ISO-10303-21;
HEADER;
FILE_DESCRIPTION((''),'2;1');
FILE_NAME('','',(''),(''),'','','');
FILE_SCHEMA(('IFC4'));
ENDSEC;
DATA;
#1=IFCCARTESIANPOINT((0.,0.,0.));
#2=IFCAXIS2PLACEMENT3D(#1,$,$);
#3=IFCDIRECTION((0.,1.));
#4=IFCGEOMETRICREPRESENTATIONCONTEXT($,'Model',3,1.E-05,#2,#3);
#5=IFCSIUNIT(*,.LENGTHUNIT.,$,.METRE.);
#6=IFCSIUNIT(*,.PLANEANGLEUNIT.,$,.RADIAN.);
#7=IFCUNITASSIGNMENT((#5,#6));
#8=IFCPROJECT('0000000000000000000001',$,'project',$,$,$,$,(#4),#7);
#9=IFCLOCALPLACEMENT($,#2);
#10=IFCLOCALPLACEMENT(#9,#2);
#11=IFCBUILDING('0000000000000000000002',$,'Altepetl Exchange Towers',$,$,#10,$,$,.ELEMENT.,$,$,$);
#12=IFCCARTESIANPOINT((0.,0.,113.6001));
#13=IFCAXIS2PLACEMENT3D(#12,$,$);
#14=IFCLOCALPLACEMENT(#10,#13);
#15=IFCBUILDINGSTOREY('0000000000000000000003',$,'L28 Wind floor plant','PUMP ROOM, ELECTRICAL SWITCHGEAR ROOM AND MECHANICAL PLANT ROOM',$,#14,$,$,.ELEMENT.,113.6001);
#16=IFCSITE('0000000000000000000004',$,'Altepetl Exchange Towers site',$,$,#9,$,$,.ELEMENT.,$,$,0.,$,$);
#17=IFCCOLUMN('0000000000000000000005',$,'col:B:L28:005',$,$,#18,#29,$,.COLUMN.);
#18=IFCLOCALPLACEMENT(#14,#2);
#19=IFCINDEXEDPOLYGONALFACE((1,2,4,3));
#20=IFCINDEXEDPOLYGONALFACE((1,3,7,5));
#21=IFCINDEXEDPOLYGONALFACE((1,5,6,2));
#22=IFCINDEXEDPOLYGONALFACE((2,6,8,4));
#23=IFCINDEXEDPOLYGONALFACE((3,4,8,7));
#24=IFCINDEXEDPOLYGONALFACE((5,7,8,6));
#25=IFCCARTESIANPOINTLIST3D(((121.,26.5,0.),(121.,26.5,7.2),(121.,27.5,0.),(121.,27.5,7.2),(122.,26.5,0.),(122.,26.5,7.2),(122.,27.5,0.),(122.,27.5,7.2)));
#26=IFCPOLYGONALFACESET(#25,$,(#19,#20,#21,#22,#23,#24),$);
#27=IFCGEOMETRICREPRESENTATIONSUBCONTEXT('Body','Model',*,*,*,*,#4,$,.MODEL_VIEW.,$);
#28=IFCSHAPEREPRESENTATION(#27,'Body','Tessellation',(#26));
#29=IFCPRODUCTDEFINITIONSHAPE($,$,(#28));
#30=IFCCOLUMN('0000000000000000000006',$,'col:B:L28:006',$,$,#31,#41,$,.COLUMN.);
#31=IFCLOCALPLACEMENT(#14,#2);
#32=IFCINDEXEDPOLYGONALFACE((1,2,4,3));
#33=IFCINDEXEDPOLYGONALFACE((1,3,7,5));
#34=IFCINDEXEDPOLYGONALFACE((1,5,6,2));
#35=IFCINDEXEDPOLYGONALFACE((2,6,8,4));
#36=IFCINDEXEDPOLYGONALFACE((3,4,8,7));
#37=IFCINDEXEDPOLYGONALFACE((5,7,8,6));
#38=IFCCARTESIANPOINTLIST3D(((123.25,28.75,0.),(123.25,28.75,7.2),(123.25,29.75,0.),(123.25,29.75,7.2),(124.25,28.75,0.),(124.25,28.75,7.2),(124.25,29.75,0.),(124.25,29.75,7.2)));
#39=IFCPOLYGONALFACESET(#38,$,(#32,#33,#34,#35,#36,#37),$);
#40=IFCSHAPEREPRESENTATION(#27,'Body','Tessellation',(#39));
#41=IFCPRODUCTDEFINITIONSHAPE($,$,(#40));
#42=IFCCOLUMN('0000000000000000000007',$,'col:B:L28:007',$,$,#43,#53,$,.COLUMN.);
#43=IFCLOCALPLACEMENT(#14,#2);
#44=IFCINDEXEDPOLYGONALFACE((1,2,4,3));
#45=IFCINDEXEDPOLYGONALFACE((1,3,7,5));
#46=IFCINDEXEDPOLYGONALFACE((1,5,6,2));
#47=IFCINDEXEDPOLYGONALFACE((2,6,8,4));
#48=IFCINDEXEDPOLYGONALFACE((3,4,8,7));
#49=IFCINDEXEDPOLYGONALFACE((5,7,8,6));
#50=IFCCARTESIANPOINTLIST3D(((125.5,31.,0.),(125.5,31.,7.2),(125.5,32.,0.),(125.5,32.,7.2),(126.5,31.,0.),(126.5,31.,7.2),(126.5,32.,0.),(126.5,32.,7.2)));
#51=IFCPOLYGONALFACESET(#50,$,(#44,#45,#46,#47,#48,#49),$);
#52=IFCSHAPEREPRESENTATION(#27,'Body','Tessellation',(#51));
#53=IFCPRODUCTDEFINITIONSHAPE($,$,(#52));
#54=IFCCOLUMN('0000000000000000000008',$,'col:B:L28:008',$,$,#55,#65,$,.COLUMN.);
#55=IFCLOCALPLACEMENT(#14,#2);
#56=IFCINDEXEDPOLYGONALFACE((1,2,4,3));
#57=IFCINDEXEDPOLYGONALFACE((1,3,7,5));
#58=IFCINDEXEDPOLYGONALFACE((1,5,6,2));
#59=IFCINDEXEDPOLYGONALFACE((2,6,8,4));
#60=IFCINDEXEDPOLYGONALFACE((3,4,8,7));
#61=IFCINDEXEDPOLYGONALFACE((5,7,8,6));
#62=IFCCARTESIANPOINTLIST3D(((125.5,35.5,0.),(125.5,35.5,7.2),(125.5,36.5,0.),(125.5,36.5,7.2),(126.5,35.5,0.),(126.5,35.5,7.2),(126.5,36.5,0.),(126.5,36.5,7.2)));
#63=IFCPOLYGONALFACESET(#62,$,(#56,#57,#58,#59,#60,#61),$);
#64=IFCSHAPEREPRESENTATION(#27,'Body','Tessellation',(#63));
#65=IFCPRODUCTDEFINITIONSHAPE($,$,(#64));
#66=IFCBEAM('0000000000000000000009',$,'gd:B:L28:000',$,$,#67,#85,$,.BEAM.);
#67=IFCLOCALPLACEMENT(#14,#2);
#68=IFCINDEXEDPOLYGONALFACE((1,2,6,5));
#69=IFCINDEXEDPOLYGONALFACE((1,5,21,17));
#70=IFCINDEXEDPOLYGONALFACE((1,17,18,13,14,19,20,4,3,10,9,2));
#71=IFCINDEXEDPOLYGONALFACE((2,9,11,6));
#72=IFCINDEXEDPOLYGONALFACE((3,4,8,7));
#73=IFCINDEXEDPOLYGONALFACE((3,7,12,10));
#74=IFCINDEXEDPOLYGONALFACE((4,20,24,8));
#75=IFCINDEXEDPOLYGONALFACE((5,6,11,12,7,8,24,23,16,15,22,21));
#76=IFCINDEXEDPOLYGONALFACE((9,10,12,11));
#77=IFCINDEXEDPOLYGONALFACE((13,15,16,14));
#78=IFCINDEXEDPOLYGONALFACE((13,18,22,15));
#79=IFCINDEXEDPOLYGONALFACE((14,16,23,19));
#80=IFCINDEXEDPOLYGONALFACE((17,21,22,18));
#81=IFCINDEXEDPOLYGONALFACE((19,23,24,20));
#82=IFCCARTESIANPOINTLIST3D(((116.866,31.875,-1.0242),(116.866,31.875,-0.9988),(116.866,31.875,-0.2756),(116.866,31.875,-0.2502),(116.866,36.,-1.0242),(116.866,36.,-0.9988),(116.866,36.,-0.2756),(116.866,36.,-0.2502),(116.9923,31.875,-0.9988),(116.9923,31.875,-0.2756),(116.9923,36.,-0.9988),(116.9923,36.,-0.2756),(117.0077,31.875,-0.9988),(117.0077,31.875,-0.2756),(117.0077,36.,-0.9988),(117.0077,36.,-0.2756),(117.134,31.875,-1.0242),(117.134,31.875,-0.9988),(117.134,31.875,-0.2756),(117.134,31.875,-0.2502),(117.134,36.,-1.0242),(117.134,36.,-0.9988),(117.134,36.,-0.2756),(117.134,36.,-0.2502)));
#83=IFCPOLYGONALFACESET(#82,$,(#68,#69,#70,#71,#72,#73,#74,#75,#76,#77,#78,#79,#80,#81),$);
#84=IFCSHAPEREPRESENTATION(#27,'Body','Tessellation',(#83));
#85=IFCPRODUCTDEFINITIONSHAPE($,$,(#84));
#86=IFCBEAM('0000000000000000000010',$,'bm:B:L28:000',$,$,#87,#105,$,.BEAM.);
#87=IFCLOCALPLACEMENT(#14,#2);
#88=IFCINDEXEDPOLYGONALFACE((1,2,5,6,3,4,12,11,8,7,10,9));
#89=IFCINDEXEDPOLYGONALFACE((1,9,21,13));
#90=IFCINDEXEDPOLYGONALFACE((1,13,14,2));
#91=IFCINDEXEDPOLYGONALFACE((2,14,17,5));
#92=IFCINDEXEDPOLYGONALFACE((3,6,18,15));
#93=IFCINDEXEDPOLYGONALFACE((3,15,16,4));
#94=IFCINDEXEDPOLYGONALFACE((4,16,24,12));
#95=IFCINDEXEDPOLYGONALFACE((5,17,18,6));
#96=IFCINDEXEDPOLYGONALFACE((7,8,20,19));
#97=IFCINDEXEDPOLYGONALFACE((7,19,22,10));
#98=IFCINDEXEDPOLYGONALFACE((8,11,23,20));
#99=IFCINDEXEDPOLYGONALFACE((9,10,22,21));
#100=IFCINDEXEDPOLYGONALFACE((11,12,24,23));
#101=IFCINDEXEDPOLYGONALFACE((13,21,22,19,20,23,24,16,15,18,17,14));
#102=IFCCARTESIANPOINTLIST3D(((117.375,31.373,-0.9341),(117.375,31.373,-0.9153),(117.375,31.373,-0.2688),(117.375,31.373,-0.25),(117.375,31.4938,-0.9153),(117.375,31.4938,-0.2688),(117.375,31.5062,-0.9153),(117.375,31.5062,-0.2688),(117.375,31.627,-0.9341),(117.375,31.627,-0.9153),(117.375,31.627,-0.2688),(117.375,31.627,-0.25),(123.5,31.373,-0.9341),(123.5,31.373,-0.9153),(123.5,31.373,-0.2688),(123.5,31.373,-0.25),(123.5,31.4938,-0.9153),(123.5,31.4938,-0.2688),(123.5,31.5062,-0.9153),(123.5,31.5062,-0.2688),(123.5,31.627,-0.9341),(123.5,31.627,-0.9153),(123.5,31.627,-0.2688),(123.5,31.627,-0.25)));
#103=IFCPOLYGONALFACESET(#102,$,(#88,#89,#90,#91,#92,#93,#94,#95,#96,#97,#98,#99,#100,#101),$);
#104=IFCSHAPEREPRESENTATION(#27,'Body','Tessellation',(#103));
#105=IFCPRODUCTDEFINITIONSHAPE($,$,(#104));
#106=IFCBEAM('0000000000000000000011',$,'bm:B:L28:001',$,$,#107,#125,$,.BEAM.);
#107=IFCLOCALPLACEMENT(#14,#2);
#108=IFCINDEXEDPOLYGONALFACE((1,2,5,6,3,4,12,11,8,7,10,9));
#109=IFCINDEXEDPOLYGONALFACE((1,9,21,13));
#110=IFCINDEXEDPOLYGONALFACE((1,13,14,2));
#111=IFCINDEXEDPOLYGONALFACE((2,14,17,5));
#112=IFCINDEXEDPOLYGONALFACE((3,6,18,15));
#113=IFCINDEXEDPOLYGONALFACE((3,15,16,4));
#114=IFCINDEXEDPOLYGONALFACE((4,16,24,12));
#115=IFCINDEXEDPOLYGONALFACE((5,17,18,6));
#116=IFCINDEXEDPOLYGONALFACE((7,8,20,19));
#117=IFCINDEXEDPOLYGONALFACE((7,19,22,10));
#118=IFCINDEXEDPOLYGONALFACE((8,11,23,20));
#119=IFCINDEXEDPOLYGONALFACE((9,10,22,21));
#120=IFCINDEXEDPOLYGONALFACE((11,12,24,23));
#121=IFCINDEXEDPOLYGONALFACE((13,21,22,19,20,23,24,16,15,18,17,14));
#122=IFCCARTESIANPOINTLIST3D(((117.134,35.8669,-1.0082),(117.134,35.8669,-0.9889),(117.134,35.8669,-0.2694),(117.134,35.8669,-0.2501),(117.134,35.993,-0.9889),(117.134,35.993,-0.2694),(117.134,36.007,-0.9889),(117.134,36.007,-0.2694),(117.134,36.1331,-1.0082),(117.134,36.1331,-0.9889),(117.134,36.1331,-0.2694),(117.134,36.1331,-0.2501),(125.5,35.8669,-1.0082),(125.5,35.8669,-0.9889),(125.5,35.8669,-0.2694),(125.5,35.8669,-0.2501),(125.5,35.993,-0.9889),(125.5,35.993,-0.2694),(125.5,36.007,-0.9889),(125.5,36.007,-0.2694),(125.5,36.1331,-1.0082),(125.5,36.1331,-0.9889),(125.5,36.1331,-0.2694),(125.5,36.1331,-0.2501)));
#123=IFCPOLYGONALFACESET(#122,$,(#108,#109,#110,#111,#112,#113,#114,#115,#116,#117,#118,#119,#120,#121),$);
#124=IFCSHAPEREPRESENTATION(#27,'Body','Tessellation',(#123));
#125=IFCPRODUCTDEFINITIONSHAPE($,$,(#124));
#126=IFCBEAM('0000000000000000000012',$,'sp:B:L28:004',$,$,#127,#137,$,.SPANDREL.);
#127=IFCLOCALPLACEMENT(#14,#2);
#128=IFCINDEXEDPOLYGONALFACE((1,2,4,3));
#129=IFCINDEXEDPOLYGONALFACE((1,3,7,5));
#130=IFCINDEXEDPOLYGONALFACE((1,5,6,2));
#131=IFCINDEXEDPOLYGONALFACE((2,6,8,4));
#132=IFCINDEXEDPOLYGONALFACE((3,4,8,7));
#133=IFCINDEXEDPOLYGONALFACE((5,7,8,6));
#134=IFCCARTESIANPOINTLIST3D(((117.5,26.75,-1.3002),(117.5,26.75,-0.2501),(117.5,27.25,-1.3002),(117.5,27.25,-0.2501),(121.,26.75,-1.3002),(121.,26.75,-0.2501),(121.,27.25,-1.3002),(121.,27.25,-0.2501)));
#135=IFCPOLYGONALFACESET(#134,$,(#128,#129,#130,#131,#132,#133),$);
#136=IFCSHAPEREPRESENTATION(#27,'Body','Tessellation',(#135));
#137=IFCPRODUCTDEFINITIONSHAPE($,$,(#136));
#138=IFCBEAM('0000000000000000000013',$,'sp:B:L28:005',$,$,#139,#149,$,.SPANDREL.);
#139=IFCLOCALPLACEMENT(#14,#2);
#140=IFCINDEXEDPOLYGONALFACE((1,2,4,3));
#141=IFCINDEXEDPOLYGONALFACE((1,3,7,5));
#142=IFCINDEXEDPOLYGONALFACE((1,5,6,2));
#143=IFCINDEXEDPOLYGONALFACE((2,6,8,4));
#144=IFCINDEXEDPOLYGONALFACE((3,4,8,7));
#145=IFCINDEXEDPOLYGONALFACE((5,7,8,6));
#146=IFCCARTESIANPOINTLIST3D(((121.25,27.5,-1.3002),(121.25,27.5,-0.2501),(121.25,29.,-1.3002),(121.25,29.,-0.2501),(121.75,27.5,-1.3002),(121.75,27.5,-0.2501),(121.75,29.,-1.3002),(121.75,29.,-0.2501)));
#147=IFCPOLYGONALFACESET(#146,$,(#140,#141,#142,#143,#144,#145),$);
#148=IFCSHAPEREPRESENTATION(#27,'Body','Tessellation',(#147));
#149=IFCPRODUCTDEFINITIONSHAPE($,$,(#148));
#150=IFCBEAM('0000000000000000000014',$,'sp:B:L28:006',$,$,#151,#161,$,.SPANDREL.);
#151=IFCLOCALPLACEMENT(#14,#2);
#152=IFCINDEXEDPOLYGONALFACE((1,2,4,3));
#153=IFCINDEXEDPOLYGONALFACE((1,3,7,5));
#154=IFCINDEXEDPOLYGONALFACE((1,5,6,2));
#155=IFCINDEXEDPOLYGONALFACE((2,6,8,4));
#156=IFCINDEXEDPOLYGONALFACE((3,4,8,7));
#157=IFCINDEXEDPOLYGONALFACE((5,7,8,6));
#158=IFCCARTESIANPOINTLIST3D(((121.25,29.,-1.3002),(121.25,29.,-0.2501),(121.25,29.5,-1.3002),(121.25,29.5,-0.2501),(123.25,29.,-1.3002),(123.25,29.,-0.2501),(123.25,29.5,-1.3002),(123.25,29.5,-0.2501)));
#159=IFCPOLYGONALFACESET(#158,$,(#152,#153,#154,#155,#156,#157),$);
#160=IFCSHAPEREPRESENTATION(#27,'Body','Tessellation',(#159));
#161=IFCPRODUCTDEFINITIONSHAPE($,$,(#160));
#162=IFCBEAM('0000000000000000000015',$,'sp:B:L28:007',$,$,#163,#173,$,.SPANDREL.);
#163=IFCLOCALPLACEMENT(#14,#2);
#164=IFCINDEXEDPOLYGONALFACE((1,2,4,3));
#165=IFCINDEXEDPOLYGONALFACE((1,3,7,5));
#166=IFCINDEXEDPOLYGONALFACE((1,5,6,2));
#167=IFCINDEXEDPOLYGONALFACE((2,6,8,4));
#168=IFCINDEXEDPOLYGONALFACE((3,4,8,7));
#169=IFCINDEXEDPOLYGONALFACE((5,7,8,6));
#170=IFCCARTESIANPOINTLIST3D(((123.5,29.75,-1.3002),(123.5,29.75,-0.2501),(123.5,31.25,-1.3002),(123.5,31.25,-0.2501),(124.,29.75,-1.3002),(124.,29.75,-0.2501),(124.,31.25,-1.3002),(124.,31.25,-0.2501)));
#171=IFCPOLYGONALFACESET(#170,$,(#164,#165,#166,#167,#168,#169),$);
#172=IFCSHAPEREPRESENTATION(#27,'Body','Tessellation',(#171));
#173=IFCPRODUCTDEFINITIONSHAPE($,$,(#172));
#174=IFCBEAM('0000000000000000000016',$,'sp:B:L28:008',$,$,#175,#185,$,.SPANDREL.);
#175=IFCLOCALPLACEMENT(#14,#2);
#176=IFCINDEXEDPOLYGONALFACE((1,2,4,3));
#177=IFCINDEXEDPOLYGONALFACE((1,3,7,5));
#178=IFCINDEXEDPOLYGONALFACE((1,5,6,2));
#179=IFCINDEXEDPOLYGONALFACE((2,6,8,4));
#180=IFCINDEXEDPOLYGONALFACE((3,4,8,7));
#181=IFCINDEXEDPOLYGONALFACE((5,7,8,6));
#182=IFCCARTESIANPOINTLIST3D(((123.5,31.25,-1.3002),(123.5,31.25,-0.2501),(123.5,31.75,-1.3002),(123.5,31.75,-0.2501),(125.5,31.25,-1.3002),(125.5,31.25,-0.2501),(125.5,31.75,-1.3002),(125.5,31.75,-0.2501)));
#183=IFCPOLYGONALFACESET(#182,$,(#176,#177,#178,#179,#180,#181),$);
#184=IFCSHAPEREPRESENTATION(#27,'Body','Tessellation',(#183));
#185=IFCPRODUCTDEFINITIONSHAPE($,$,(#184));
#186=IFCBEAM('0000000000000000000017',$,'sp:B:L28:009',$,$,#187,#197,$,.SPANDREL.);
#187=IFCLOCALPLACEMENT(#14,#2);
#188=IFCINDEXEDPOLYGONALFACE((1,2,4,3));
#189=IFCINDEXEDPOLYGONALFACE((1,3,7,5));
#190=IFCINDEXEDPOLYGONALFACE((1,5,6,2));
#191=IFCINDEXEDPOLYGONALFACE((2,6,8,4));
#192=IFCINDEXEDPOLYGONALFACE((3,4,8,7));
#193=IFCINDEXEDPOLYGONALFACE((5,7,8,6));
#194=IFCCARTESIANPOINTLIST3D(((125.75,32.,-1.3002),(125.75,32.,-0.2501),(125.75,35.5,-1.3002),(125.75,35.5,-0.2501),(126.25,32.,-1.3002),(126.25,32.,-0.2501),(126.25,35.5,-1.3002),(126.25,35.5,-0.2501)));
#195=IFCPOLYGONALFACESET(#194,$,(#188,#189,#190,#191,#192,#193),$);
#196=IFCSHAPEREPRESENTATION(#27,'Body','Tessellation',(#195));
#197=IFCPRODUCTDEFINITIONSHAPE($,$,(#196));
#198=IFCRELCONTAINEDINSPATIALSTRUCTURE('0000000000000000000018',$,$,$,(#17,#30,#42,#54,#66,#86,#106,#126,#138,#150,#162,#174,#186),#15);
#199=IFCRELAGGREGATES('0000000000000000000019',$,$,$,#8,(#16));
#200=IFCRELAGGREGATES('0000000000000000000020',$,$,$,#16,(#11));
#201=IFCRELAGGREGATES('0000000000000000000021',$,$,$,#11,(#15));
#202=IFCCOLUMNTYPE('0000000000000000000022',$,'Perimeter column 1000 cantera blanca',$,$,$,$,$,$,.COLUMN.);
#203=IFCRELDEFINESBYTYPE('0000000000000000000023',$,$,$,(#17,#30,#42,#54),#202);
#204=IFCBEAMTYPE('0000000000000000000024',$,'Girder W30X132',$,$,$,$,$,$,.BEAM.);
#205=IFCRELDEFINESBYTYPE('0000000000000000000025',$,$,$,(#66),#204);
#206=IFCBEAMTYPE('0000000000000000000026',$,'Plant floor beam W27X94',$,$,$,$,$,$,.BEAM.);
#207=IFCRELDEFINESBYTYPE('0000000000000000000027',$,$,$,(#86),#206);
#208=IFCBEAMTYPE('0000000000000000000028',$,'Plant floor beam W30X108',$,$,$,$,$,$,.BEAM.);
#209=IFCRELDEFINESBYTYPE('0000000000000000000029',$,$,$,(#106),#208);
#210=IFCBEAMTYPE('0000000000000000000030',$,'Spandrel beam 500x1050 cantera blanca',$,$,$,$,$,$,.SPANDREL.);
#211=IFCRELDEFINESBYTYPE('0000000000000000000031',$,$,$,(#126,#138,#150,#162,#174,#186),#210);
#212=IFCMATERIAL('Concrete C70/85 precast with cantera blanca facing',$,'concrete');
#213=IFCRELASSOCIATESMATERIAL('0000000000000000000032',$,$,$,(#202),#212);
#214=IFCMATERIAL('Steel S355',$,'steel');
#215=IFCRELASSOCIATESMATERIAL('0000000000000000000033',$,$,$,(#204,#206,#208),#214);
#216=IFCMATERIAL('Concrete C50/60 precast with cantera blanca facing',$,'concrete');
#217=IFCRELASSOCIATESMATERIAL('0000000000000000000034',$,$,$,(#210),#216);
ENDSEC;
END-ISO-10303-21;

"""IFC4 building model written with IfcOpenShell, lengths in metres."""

from ifc_helpers import new_model, si_unit, direction, frame, origin, origin_2d, place, context, subcontext, project, spatial, rectangle, i_section, extrude, material, material_profile, profile_set, type_object, element, save


model = new_model("IFC4")

# Units and contexts
model_context = context("Model", 3, precision=1e-05, world=origin(), true_north=direction((0.0, 1.0)))
body_context = subcontext(model_context, "Body", "Model", "MODEL_VIEW")
ifc_project = project(units=[si_unit("LENGTHUNIT", "METRE"), si_unit("PLANEANGLEUNIT", "RADIAN")], contexts=[model_context])

# Site, building, storey
site_placement = place(None, origin())
site = spatial("IfcSite", under=ifc_project, at=site_placement, Name="Altepetl Exchange Towers site", CompositionType="ELEMENT", RefElevation=0.0)
building_placement = place(site_placement, origin())
building = spatial("IfcBuilding", under=site, at=building_placement, Name="Altepetl Exchange Towers", CompositionType="ELEMENT")
storey_placement = place(building_placement, frame((0.0, 0.0, 113.6001)))
storey = spatial("IfcBuildingStorey", under=building, at=storey_placement, Name="L28 Wind floor plant", Description="PUMP ROOM, ELECTRICAL SWITCHGEAR ROOM AND MECHANICAL PLANT ROOM", CompositionType="ELEMENT", Elevation=113.6001)

# Columns
ifc_material_1 = material(Name="Concrete C70/85 precast with cantera blanca facing", Category="concrete")
ifc_material_profile_1 = material_profile(ifc_material_1, rectangle(XDim=1.0, YDim=1.0, at=origin_2d()), Name="1000 x 1000")
ifc_profile_set_1 = profile_set([ifc_material_profile_1], Name="Concrete C70/85 precast with cantera blanca facing")
column_type = type_object("IfcColumnType", Name="Perimeter column 1000 cantera blanca", PredefinedType="COLUMN", material=ifc_profile_set_1)
for number, where, name in (
    (1, (121.5, 27.0, 0.0), "col:B:L28:005"),
    (2, (123.75, 29.25, 0.0), "col:B:L28:006"),
    (3, (126.0, 31.5, 0.0), "col:B:L28:007"),
    (4, (126.0, 36.0, 0.0), "col:B:L28:008"),
):
    element("IfcColumn", number, at=place(storey_placement, frame(where)), inside=storey, type_object=column_type, Name=name, PredefinedType="COLUMN", context=body_context, shape_type="SweptSolid", body=[
        extrude(rectangle(XDim=1.0, YDim=1.0, at=origin_2d()), origin(), (0.0, 0.0, 1.0), 7.2),
    ])

# Beams
ifc_material_2 = material(Name="Steel S355", Category="steel")
ifc_material_profile_2 = material_profile(ifc_material_2, i_section(OverallWidth=0.2681, OverallDepth=0.7739, WebThickness=0.0154, FlangeThickness=0.0254, at=origin_2d()), Name="W30X132")
ifc_profile_set_2 = profile_set([ifc_material_profile_2], Name="Steel S355")
beam_type_1 = type_object("IfcBeamType", Name="Girder W30X132", PredefinedType="BEAM", material=ifc_profile_set_2)
beam_1_placement = place(storey_placement, frame((117.0, 36.0, -0.6372), z_axis=(0.0, -1.0, 0.0), x_axis=(1.0, 0.0, 0.0)))
element("IfcBeam", 5, at=beam_1_placement, inside=storey, type_object=beam_type_1, Name="gd:B:L28:000", PredefinedType="BEAM", context=body_context, shape_type="SweptSolid", body=[
    extrude(i_section(OverallWidth=0.2681, OverallDepth=0.7739, WebThickness=0.0154, FlangeThickness=0.0254, at=origin_2d()), origin(), (0.0, 0.0, 1.0), 4.125),
])
ifc_material_profile_3 = material_profile(ifc_material_2, i_section(OverallWidth=0.2539, OverallDepth=0.6841, WebThickness=0.0125, FlangeThickness=0.0188, at=origin_2d()), Name="W27X94")
ifc_profile_set_3 = profile_set([ifc_material_profile_3], Name="Steel S355")
beam_type_2 = type_object("IfcBeamType", Name="Plant floor beam W27X94", PredefinedType="BEAM", material=ifc_profile_set_3)
beam_2_placement = place(storey_placement, frame((117.375, 31.5, -0.592), z_axis=(1.0, 0.0, 0.0), x_axis=(0.0, 1.0, 0.0)))
element("IfcBeam", 6, at=beam_2_placement, inside=storey, type_object=beam_type_2, Name="bm:B:L28:000", PredefinedType="BEAM", context=body_context, shape_type="SweptSolid", body=[
    extrude(i_section(OverallWidth=0.2539, OverallDepth=0.6841, WebThickness=0.0125, FlangeThickness=0.0188, at=origin_2d()), origin(), (0.0, 0.0, 1.0), 6.125),
])
ifc_material_profile_4 = material_profile(ifc_material_2, i_section(OverallWidth=0.2661, OverallDepth=0.7581, WebThickness=0.0139, FlangeThickness=0.0193, at=origin_2d()), Name="W30X108")
ifc_profile_set_4 = profile_set([ifc_material_profile_4], Name="Steel S355")
beam_type_3 = type_object("IfcBeamType", Name="Plant floor beam W30X108", PredefinedType="BEAM", material=ifc_profile_set_4)
beam_3_placement = place(storey_placement, frame((117.134, 36.0, -0.6292), z_axis=(1.0, 0.0, 0.0), x_axis=(0.0, 1.0, 0.0)))
element("IfcBeam", 7, at=beam_3_placement, inside=storey, type_object=beam_type_3, Name="bm:B:L28:001", PredefinedType="BEAM", context=body_context, shape_type="SweptSolid", body=[
    extrude(i_section(OverallWidth=0.2661, OverallDepth=0.7581, WebThickness=0.0139, FlangeThickness=0.0193, at=origin_2d()), origin(), (0.0, 0.0, 1.0), 8.366),
])
ifc_material_3 = material(Name="Concrete C50/60 precast with cantera blanca facing", Category="concrete")
ifc_material_profile_5 = material_profile(ifc_material_3, rectangle(XDim=0.5, YDim=1.05, at=origin_2d()), Name="500 x 1050")
ifc_profile_set_5 = profile_set([ifc_material_profile_5], Name="Concrete C50/60 precast with cantera blanca facing")
beam_type_4 = type_object("IfcBeamType", Name="Spandrel beam 500x1050 cantera blanca", PredefinedType="SPANDREL", material=ifc_profile_set_5)
beam_4_placement = place(storey_placement, frame((117.5, 27.0, -0.7751), z_axis=(1.0, 0.0, 0.0), x_axis=(0.0, 1.0, 0.0)))
element("IfcBeam", 8, at=beam_4_placement, inside=storey, type_object=beam_type_4, Name="sp:B:L28:004", PredefinedType="SPANDREL", context=body_context, shape_type="SweptSolid", body=[
    extrude(rectangle(XDim=0.5, YDim=1.05, at=origin_2d()), origin(), (0.0, 0.0, 1.0), 3.5),
])
beam_5_placement = place(storey_placement, frame((121.5, 27.5, -0.7751), z_axis=(0.0, 1.0, 0.0), x_axis=(-1.0, 0.0, 0.0)))
element("IfcBeam", 9, at=beam_5_placement, inside=storey, type_object=beam_type_4, Name="sp:B:L28:005", PredefinedType="SPANDREL", context=body_context, shape_type="SweptSolid", body=[
    extrude(rectangle(XDim=0.5, YDim=1.05, at=origin_2d()), origin(), (0.0, 0.0, 1.0), 1.5),
])
beam_6_placement = place(storey_placement, frame((121.25, 29.25, -0.7751), z_axis=(1.0, 0.0, 0.0), x_axis=(0.0, 1.0, 0.0)))
element("IfcBeam", 10, at=beam_6_placement, inside=storey, type_object=beam_type_4, Name="sp:B:L28:006", PredefinedType="SPANDREL", context=body_context, shape_type="SweptSolid", body=[
    extrude(rectangle(XDim=0.5, YDim=1.05, at=origin_2d()), origin(), (0.0, 0.0, 1.0), 2.0),
])
beam_7_placement = place(storey_placement, frame((123.75, 29.75, -0.7751), z_axis=(0.0, 1.0, 0.0), x_axis=(-1.0, 0.0, 0.0)))
element("IfcBeam", 11, at=beam_7_placement, inside=storey, type_object=beam_type_4, Name="sp:B:L28:007", PredefinedType="SPANDREL", context=body_context, shape_type="SweptSolid", body=[
    extrude(rectangle(XDim=0.5, YDim=1.05, at=origin_2d()), origin(), (0.0, 0.0, 1.0), 1.5),
])
beam_8_placement = place(storey_placement, frame((123.5, 31.5, -0.7751), z_axis=(1.0, 0.0, 0.0), x_axis=(0.0, 1.0, 0.0)))
element("IfcBeam", 12, at=beam_8_placement, inside=storey, type_object=beam_type_4, Name="sp:B:L28:008", PredefinedType="SPANDREL", context=body_context, shape_type="SweptSolid", body=[
    extrude(rectangle(XDim=0.5, YDim=1.05, at=origin_2d()), origin(), (0.0, 0.0, 1.0), 2.0),
])
for number, where, z_axis, x_axis, name in (
    (13, (126.0, 32.0, -0.7751), (0.0, 1.0, 0.0), (-1.0, 0.0, 0.0), "sp:B:L28:009"),
):
    element("IfcBeam", number, at=place(storey_placement, frame(where, z_axis=z_axis, x_axis=x_axis)), inside=storey, type_object=beam_type_4, Name=name, PredefinedType="SPANDREL", context=body_context, shape_type="SweptSolid", body=[
        extrude(rectangle(XDim=0.5, YDim=1.05, at=origin_2d()), origin(), (0.0, 0.0, 1.0), 3.5),
    ])

save(model, "model.ifc")
